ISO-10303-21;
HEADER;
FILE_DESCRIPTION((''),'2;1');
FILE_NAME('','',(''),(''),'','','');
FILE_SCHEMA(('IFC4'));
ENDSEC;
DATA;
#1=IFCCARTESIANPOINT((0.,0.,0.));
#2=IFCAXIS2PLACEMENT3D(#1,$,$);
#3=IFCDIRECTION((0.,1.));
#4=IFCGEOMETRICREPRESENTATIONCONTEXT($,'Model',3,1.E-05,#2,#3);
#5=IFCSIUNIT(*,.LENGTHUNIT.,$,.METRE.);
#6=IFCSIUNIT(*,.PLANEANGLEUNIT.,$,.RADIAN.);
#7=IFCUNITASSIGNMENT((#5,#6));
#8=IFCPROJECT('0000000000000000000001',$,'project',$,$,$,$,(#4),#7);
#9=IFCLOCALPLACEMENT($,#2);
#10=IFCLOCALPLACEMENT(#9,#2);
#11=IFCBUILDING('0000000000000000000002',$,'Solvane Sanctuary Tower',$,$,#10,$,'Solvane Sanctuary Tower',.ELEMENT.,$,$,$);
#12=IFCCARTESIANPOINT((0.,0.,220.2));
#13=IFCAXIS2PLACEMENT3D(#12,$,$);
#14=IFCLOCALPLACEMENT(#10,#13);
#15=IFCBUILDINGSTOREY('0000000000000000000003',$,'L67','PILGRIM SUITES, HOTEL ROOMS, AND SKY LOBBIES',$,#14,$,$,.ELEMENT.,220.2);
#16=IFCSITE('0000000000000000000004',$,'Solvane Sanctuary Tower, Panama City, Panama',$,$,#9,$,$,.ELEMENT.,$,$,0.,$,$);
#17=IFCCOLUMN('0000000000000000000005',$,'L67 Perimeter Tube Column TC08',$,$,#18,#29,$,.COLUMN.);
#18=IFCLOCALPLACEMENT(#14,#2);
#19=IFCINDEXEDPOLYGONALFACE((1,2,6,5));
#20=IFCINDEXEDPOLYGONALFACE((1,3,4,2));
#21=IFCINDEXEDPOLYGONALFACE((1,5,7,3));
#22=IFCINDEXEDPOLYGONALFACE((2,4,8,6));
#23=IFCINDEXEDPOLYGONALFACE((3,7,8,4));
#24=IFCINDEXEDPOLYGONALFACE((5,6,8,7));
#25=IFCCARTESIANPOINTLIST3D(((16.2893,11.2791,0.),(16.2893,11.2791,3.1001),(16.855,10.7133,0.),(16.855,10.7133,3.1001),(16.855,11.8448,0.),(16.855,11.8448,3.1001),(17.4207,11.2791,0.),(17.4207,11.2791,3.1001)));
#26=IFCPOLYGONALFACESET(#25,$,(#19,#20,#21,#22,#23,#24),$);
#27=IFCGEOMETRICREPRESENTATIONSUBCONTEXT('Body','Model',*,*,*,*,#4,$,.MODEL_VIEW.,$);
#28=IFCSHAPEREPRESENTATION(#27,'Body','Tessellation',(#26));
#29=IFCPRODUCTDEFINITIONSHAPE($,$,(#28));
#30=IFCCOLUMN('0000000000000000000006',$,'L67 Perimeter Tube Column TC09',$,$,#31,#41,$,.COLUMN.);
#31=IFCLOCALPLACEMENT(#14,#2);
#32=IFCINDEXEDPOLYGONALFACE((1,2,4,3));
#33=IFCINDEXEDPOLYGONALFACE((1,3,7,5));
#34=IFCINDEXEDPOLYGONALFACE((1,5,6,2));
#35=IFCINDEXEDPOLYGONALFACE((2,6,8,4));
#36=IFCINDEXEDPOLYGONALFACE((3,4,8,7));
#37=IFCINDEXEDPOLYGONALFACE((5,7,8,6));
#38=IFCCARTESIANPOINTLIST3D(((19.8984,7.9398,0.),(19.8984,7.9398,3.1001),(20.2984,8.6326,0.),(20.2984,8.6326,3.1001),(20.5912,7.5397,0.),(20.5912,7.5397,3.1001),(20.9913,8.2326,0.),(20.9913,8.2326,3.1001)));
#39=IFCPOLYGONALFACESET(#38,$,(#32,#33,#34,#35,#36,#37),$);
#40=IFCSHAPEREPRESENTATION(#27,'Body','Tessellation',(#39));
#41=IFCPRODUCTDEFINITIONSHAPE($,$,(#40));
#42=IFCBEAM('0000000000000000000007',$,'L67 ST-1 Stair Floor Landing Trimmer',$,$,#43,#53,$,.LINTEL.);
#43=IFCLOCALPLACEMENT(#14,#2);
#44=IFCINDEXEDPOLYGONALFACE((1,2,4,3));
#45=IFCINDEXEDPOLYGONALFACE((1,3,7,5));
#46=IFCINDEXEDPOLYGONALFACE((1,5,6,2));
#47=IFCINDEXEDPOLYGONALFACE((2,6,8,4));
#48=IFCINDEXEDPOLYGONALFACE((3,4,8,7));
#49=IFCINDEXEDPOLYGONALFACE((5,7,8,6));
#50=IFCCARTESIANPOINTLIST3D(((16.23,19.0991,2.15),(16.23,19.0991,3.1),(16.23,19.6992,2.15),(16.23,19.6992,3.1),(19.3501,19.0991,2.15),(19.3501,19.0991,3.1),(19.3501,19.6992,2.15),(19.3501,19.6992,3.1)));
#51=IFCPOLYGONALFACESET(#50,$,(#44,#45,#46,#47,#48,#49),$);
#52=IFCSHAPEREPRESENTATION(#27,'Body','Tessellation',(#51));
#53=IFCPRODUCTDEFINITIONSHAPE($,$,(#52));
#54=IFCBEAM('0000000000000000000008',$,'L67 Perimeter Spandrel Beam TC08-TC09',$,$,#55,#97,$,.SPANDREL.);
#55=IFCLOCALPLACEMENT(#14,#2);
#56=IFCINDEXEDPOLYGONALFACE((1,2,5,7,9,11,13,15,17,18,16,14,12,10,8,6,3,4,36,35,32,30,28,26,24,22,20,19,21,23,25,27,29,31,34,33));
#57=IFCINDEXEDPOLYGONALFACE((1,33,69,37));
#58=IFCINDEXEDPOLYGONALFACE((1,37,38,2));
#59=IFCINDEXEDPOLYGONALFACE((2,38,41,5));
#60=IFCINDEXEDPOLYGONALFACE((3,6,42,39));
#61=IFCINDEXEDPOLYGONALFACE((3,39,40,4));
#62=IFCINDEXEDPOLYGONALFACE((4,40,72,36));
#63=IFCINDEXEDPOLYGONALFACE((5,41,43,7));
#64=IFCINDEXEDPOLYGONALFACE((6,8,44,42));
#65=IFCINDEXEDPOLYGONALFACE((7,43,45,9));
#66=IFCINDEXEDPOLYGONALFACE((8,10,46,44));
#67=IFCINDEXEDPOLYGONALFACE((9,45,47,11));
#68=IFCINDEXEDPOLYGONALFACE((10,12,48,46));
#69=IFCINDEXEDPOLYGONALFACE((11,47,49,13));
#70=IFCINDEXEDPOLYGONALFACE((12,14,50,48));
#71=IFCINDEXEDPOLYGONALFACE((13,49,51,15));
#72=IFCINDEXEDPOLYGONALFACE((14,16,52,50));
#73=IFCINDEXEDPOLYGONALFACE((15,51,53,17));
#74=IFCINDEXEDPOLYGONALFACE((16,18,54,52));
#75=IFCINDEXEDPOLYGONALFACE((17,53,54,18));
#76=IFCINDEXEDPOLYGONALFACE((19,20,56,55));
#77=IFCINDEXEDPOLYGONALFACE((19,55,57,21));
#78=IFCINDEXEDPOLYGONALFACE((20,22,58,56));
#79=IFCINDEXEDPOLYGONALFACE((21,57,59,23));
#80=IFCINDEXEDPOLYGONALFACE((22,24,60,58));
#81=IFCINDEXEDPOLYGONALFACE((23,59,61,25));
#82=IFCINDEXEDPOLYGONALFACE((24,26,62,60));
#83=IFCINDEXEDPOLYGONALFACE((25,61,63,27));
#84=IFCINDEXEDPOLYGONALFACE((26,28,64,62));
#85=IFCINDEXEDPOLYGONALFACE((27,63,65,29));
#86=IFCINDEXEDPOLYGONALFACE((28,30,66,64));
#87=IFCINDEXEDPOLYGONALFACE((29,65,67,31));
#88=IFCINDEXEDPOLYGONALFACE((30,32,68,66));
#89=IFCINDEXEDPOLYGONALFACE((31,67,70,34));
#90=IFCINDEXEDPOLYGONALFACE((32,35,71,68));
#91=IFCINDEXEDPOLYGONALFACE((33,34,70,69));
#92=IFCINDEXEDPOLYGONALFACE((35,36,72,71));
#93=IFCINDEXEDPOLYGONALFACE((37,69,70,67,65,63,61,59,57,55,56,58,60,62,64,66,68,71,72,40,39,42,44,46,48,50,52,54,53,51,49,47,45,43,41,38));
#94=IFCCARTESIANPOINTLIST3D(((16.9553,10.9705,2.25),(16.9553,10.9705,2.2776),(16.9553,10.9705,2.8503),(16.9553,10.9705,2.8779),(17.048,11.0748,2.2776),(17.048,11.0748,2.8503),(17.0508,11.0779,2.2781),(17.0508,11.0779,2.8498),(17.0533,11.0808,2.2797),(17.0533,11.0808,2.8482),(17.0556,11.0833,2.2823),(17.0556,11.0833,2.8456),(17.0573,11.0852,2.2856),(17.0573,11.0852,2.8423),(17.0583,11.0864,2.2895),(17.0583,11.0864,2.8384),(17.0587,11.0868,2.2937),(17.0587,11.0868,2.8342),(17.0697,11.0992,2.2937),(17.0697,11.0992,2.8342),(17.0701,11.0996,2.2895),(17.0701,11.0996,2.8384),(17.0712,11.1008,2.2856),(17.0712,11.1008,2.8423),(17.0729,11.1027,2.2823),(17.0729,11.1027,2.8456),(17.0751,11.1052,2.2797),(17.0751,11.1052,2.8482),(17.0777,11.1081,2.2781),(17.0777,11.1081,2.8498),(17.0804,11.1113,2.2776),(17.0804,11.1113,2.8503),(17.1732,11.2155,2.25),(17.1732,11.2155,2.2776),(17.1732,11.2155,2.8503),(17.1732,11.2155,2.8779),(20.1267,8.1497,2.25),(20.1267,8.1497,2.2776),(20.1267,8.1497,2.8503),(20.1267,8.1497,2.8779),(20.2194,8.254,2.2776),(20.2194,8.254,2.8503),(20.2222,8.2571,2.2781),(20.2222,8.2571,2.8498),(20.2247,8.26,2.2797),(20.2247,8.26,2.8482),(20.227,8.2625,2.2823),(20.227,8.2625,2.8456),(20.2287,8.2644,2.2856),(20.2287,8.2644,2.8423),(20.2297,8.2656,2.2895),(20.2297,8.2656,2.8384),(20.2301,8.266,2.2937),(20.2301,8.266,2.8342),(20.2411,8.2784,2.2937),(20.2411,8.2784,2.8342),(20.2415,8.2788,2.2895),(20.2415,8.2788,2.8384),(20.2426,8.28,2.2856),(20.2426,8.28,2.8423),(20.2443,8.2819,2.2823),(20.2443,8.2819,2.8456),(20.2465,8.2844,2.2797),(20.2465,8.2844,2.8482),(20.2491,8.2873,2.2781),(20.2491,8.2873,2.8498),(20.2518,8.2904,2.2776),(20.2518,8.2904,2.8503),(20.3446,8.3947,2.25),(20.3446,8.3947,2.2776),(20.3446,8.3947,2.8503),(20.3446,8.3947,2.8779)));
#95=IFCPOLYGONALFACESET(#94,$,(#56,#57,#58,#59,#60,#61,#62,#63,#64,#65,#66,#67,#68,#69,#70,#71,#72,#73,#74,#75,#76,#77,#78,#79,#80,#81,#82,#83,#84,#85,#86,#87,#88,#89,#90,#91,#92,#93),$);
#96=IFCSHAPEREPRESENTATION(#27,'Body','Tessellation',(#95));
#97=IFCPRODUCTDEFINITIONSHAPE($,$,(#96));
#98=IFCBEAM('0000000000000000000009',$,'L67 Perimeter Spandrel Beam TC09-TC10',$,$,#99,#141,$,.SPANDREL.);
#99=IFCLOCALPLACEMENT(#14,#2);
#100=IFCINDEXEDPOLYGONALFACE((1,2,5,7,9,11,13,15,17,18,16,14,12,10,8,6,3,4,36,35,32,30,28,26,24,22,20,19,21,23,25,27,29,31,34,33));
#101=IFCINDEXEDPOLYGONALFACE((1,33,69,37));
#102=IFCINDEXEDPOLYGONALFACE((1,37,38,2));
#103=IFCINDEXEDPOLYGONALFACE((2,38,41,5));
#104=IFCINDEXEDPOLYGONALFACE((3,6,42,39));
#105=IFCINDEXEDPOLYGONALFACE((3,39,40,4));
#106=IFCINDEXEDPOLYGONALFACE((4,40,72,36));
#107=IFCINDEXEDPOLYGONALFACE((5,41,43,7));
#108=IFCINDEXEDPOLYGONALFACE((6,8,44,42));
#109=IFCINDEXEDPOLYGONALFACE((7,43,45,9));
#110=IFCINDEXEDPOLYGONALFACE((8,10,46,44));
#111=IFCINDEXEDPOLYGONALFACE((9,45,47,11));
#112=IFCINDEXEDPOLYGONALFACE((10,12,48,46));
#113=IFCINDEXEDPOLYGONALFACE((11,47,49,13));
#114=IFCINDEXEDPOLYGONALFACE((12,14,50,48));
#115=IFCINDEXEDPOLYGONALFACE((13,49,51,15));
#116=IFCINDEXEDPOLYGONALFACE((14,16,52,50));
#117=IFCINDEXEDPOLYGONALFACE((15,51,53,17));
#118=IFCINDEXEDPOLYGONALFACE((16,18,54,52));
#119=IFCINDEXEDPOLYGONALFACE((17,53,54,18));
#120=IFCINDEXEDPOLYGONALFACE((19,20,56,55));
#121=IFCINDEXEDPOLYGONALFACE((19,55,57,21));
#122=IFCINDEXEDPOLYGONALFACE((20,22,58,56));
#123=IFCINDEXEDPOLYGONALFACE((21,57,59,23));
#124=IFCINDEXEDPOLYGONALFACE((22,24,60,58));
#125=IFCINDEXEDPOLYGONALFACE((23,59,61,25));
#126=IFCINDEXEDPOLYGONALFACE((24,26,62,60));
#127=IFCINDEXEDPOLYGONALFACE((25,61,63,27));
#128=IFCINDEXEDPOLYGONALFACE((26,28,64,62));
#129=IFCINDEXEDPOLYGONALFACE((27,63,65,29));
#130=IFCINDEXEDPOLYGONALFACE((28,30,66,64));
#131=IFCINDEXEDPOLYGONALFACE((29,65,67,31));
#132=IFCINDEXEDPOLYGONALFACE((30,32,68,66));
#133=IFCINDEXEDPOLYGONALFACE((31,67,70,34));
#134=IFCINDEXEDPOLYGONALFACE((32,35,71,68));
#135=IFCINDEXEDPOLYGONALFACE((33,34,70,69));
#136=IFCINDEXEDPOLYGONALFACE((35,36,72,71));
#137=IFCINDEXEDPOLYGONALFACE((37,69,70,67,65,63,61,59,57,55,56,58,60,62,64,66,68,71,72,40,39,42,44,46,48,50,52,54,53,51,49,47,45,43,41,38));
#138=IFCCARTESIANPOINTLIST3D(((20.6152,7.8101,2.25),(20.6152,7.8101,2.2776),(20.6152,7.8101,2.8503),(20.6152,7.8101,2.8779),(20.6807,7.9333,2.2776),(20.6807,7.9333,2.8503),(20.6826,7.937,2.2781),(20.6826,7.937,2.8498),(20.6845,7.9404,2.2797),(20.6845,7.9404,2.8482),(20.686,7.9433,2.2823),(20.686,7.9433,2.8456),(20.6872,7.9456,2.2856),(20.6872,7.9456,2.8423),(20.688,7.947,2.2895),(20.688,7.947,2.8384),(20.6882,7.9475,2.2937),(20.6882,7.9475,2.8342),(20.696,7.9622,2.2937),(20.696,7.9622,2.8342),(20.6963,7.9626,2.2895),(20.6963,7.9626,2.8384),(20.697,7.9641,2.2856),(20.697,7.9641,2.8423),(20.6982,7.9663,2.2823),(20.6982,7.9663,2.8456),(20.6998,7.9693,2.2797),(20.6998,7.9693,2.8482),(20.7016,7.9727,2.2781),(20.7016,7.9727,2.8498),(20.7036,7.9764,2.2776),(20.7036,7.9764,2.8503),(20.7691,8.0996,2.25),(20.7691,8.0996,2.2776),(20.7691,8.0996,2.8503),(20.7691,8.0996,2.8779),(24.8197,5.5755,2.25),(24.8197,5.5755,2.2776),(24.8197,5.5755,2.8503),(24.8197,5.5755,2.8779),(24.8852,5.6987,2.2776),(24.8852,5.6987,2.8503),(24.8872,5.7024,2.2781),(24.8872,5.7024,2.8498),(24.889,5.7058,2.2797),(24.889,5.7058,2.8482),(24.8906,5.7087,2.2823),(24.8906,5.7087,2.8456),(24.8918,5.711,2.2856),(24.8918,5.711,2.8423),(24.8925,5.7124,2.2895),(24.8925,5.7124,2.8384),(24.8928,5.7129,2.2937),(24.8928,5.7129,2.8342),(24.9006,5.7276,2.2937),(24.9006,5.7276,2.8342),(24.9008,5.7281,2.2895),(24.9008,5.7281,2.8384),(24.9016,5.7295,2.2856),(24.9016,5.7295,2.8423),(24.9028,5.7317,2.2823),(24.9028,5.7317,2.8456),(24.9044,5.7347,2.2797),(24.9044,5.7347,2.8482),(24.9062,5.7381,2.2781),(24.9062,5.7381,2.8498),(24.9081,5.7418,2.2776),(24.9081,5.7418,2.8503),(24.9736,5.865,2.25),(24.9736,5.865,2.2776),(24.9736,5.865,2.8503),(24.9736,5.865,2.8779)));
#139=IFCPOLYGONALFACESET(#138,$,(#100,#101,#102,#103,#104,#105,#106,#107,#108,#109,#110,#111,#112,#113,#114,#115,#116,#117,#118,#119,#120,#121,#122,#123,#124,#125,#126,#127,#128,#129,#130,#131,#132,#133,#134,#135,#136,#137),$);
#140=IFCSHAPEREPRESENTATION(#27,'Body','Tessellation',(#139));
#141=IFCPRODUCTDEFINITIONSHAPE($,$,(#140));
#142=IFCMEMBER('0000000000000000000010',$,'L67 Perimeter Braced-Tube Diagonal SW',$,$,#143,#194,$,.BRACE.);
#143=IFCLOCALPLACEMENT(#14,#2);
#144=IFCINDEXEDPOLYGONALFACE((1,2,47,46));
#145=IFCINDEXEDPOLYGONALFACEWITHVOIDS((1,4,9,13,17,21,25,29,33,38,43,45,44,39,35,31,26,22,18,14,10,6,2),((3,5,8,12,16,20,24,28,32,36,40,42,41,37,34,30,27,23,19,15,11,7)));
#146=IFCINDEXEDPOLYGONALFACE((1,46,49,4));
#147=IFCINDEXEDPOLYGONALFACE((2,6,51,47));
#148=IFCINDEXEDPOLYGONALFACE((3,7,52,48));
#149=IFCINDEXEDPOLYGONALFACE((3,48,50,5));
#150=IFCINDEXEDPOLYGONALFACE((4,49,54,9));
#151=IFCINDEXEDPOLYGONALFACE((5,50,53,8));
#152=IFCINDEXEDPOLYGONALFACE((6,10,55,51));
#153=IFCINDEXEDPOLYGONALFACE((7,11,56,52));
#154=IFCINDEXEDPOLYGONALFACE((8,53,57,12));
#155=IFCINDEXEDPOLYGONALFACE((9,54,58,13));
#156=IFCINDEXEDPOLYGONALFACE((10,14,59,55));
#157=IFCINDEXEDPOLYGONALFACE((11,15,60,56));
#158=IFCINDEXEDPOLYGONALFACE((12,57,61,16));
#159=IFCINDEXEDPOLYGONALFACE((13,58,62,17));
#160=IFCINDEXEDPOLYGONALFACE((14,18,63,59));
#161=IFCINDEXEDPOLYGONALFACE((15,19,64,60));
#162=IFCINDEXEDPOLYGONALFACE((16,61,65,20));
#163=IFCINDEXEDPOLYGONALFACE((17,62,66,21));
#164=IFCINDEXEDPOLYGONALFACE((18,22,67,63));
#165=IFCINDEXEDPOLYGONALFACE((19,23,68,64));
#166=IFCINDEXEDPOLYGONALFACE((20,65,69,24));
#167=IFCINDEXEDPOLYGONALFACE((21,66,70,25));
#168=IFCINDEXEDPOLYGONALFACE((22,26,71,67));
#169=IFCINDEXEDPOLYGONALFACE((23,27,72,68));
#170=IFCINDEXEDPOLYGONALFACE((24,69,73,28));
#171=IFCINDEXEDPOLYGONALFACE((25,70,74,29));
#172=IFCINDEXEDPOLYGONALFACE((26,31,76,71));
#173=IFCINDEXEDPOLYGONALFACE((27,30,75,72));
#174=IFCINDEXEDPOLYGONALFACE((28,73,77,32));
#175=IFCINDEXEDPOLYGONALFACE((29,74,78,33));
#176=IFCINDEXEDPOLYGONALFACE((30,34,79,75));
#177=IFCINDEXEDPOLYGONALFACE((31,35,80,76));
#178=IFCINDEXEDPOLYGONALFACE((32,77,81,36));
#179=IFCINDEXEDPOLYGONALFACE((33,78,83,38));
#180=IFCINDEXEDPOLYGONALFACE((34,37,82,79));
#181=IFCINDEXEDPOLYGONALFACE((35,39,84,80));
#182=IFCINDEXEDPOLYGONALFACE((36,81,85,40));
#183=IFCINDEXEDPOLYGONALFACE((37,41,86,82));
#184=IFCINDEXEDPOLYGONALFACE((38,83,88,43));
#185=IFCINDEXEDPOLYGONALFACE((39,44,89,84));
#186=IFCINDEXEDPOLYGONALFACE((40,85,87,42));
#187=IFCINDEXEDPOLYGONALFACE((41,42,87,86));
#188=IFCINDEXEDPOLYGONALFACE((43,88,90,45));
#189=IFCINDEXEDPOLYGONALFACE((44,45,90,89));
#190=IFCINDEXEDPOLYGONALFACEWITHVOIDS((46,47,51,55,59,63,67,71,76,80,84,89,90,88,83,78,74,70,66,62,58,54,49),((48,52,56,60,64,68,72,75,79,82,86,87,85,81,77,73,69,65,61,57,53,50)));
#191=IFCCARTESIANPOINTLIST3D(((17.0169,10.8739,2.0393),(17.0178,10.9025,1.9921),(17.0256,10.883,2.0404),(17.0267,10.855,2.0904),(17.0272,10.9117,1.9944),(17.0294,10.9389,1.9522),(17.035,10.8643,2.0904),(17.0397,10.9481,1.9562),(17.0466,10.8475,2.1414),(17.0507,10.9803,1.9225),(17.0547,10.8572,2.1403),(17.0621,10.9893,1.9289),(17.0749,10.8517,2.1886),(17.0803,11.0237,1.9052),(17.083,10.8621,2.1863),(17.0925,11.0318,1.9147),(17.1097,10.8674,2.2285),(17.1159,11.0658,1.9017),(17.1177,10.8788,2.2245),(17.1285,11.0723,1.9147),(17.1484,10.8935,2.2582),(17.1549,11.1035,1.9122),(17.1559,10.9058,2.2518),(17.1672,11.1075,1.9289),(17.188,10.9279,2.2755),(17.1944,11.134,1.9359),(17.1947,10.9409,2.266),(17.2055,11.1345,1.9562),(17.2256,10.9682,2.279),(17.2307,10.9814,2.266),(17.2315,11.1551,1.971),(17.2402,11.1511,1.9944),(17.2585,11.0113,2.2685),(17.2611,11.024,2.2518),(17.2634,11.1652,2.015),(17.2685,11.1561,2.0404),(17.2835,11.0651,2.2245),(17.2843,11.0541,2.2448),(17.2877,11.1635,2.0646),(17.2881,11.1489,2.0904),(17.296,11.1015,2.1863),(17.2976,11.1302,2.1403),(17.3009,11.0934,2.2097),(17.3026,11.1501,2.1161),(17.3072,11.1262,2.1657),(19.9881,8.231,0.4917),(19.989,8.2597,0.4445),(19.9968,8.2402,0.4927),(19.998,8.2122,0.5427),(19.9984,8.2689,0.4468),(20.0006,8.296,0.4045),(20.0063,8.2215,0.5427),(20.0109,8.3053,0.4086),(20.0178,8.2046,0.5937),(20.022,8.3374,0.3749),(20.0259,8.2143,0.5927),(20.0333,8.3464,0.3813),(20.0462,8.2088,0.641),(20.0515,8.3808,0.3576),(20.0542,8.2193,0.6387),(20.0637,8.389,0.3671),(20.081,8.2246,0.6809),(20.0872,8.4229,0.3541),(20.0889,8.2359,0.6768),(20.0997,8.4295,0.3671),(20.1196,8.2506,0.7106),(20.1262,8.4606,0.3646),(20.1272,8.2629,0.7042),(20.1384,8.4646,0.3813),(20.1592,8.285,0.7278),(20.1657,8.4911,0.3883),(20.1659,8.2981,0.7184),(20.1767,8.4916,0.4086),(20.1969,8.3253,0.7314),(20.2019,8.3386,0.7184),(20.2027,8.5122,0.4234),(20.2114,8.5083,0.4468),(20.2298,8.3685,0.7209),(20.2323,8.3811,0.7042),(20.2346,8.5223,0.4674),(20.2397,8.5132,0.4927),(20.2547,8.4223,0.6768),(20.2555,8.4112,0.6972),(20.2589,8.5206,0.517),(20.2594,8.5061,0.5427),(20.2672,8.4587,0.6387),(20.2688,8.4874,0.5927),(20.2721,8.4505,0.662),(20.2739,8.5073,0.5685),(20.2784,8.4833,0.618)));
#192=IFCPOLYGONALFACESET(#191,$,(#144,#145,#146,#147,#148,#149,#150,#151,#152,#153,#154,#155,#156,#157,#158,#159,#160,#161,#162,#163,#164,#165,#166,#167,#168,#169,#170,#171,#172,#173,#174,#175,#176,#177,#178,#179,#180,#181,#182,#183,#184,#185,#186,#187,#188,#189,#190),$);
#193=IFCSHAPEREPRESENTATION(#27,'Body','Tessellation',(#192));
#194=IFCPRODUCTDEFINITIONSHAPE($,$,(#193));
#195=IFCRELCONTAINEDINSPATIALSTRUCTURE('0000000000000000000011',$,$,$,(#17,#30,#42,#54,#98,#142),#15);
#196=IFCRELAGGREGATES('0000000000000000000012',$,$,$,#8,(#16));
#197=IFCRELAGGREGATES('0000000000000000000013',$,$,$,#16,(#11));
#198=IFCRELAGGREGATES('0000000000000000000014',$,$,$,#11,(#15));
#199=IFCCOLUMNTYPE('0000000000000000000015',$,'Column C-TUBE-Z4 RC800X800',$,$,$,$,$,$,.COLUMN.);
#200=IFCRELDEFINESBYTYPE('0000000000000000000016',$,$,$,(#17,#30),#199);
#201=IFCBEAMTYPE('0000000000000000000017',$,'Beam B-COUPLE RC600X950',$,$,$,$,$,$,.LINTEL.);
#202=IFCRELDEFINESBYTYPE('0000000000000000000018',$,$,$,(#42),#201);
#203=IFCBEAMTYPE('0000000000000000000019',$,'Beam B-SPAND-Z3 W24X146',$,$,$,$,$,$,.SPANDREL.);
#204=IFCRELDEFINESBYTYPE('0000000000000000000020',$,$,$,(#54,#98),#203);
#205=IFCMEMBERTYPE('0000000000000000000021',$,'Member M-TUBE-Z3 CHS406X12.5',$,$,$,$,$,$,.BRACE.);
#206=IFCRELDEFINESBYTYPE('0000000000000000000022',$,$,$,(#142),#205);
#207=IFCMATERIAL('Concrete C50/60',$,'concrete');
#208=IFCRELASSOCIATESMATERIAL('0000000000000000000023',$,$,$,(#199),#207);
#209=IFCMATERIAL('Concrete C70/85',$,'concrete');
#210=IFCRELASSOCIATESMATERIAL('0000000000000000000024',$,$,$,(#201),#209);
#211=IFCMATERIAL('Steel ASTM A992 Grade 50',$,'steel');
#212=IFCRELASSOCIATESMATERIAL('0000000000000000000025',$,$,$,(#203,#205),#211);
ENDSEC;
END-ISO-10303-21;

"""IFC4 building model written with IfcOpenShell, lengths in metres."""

from ifc_helpers import new_model, si_unit, direction, frame, origin, origin_2d, place, context, subcontext, project, spatial, rectangle, hollow_circle, i_section, extrude, material, material_profile, profile_set, type_object, element, save


model = new_model("IFC4")

# Units and contexts
model_context = context("Model", 3, precision=1e-05, world=origin(), true_north=direction((0.0, 1.0)))
body_context = subcontext(model_context, "Body", "Model", "MODEL_VIEW")
ifc_project = project(units=[si_unit("LENGTHUNIT", "METRE"), si_unit("PLANEANGLEUNIT", "RADIAN")], contexts=[model_context])

# Site, building, storey
site_placement = place(None, origin())
site = spatial("IfcSite", under=ifc_project, at=site_placement, Name="Solvane Sanctuary Tower, Panama City, Panama", CompositionType="ELEMENT", RefElevation=0.0)
building_placement = place(site_placement, origin())
building = spatial("IfcBuilding", under=site, at=building_placement, Name="Solvane Sanctuary Tower", LongName="Solvane Sanctuary Tower", CompositionType="ELEMENT")
storey_placement = place(building_placement, frame((0.0, 0.0, 220.2)))
storey = spatial("IfcBuildingStorey", under=building, at=storey_placement, Name="L67", Description="PILGRIM SUITES, HOTEL ROOMS, AND SKY LOBBIES", CompositionType="ELEMENT", Elevation=220.2)

# Columns
ifc_material_1 = material(Name="Concrete C50/60", Category="concrete")
ifc_material_profile_1 = material_profile(ifc_material_1, rectangle(XDim=0.8, YDim=0.8, at=origin_2d()), Name="RC800X800")
ifc_profile_set_1 = profile_set([ifc_material_profile_1], Name="Concrete C50/60")
column_type = type_object("IfcColumnType", Name="Column C-TUBE-Z4 RC800X800", PredefinedType="COLUMN", material=ifc_profile_set_1)
for number, where, z_axis, x_axis, name in (
    (1, (16.855, 11.2791, 0.0), (0.0, 0.0, 1.0), (-0.707107, -0.707107, 0.0), "L67 Perimeter Tube Column TC08"),
    (2, (20.4448, 8.0862, 0.0), (0.0, 0.0, 1.0), (-0.5, -0.866025, 0.0), "L67 Perimeter Tube Column TC09"),
):
    element("IfcColumn", number, at=place(storey_placement, frame(where, z_axis=z_axis, x_axis=x_axis)), inside=storey, type_object=column_type, Name=name, PredefinedType="COLUMN", context=body_context, shape_type="SweptSolid", body=[
        extrude(rectangle(XDim=0.8, YDim=0.8, at=origin_2d()), origin(), (0.0, 0.0, 1.0), 3.1001),
    ])

# Beams
ifc_material_2 = material(Name="Concrete C70/85", Category="concrete")
ifc_material_profile_2 = material_profile(ifc_material_2, rectangle(XDim=0.6001, YDim=0.95, at=origin_2d()), Name="RC600X950")
ifc_profile_set_2 = profile_set([ifc_material_profile_2], Name="Concrete C70/85")
beam_type_1 = type_object("IfcBeamType", Name="Beam B-COUPLE RC600X950", PredefinedType="LINTEL", material=ifc_profile_set_2)
beam_1_placement = place(storey_placement, frame((16.23, 19.3992, 2.625), z_axis=(1.0, 0.0, 0.0), x_axis=(0.0, 1.0, 0.0)))
element("IfcBeam", 3, at=beam_1_placement, inside=storey, type_object=beam_type_1, Name="L67 ST-1 Stair Floor Landing Trimmer", PredefinedType="LINTEL", context=body_context, shape_type="SweptSolid", body=[
    extrude(rectangle(XDim=0.6001, YDim=0.95, at=origin_2d()), origin(), (0.0, 0.0, 1.0), 3.1201),
])
ifc_material_3 = material(Name="Steel ASTM A992 Grade 50", Category="steel")
ifc_material_profile_3 = material_profile(ifc_material_3, i_section(OverallWidth=0.3279, OverallDepth=0.6279, WebThickness=0.0166, FlangeThickness=0.0276, FilletRadius=0.0161, at=origin_2d()), Name="W24X146")
ifc_profile_set_3 = profile_set([ifc_material_profile_3], Name="Steel ASTM A992 Grade 50")
beam_type_2 = type_object("IfcBeamType", Name="Beam B-SPAND-Z3 W24X146", PredefinedType="SPANDREL", material=ifc_profile_set_3)
beam_2_placement = place(storey_placement, frame((17.0642, 11.093, 2.564), z_axis=(0.7472, -0.664599, 0.0), x_axis=(0.664599, 0.7472, 0.0)))
element("IfcBeam", 4, at=beam_2_placement, inside=storey, type_object=beam_type_2, Name="L67 Perimeter Spandrel Beam TC08-TC09", PredefinedType="SPANDREL", context=body_context, shape_type="SweptSolid", body=[
    extrude(i_section(OverallWidth=0.3279, OverallDepth=0.6279, WebThickness=0.0166, FlangeThickness=0.0276, FilletRadius=0.0161, at=origin_2d()), origin(), (0.0, 0.0, 1.0), 4.2444),
])
beam_3_placement = place(storey_placement, frame((20.6921, 7.9548, 2.564), z_axis=(0.883035, -0.469308, 0.0), x_axis=(0.469308, 0.883035, 0.0)))
element("IfcBeam", 5, at=beam_3_placement, inside=storey, type_object=beam_type_2, Name="L67 Perimeter Spandrel Beam TC09-TC10", PredefinedType="SPANDREL", context=body_context, shape_type="SweptSolid", body=[
    extrude(i_section(OverallWidth=0.3279, OverallDepth=0.6279, WebThickness=0.0166, FlangeThickness=0.0276, FilletRadius=0.0161, at=origin_2d()), origin(), (0.0, 0.0, 1.0), 4.7615),
])

# Member
ifc_material_profile_4 = material_profile(ifc_material_3, hollow_circle(Radius=0.2029, WallThickness=0.0125, at=origin_2d()), Name="CHS406X12.5")
ifc_profile_set_4 = profile_set([ifc_material_profile_4], Name="Steel ASTM A992 Grade 50")
member_type = type_object("IfcMemberType", Name="Member M-TUBE-Z3 CHS406X12.5", PredefinedType="BRACE", material=ifc_profile_set_4)
member_placement = place(storey_placement, frame((20.1328, 8.3638, 0.5427), z_axis=(-0.696313, 0.619358, 0.362689), x_axis=(-0.664612, -0.747189, 0.0)))
element("IfcMember", 6, at=member_placement, inside=storey, type_object=member_type, Name="L67 Perimeter Braced-Tube Diagonal SW", PredefinedType="BRACE", context=body_context, shape_type="SweptSolid", body=[
    extrude(hollow_circle(Radius=0.2029, WallThickness=0.0125, at=origin_2d()), origin(), (0.0, 0.0, 1.0), 4.2671),
])

save(model, "model.ifc")
